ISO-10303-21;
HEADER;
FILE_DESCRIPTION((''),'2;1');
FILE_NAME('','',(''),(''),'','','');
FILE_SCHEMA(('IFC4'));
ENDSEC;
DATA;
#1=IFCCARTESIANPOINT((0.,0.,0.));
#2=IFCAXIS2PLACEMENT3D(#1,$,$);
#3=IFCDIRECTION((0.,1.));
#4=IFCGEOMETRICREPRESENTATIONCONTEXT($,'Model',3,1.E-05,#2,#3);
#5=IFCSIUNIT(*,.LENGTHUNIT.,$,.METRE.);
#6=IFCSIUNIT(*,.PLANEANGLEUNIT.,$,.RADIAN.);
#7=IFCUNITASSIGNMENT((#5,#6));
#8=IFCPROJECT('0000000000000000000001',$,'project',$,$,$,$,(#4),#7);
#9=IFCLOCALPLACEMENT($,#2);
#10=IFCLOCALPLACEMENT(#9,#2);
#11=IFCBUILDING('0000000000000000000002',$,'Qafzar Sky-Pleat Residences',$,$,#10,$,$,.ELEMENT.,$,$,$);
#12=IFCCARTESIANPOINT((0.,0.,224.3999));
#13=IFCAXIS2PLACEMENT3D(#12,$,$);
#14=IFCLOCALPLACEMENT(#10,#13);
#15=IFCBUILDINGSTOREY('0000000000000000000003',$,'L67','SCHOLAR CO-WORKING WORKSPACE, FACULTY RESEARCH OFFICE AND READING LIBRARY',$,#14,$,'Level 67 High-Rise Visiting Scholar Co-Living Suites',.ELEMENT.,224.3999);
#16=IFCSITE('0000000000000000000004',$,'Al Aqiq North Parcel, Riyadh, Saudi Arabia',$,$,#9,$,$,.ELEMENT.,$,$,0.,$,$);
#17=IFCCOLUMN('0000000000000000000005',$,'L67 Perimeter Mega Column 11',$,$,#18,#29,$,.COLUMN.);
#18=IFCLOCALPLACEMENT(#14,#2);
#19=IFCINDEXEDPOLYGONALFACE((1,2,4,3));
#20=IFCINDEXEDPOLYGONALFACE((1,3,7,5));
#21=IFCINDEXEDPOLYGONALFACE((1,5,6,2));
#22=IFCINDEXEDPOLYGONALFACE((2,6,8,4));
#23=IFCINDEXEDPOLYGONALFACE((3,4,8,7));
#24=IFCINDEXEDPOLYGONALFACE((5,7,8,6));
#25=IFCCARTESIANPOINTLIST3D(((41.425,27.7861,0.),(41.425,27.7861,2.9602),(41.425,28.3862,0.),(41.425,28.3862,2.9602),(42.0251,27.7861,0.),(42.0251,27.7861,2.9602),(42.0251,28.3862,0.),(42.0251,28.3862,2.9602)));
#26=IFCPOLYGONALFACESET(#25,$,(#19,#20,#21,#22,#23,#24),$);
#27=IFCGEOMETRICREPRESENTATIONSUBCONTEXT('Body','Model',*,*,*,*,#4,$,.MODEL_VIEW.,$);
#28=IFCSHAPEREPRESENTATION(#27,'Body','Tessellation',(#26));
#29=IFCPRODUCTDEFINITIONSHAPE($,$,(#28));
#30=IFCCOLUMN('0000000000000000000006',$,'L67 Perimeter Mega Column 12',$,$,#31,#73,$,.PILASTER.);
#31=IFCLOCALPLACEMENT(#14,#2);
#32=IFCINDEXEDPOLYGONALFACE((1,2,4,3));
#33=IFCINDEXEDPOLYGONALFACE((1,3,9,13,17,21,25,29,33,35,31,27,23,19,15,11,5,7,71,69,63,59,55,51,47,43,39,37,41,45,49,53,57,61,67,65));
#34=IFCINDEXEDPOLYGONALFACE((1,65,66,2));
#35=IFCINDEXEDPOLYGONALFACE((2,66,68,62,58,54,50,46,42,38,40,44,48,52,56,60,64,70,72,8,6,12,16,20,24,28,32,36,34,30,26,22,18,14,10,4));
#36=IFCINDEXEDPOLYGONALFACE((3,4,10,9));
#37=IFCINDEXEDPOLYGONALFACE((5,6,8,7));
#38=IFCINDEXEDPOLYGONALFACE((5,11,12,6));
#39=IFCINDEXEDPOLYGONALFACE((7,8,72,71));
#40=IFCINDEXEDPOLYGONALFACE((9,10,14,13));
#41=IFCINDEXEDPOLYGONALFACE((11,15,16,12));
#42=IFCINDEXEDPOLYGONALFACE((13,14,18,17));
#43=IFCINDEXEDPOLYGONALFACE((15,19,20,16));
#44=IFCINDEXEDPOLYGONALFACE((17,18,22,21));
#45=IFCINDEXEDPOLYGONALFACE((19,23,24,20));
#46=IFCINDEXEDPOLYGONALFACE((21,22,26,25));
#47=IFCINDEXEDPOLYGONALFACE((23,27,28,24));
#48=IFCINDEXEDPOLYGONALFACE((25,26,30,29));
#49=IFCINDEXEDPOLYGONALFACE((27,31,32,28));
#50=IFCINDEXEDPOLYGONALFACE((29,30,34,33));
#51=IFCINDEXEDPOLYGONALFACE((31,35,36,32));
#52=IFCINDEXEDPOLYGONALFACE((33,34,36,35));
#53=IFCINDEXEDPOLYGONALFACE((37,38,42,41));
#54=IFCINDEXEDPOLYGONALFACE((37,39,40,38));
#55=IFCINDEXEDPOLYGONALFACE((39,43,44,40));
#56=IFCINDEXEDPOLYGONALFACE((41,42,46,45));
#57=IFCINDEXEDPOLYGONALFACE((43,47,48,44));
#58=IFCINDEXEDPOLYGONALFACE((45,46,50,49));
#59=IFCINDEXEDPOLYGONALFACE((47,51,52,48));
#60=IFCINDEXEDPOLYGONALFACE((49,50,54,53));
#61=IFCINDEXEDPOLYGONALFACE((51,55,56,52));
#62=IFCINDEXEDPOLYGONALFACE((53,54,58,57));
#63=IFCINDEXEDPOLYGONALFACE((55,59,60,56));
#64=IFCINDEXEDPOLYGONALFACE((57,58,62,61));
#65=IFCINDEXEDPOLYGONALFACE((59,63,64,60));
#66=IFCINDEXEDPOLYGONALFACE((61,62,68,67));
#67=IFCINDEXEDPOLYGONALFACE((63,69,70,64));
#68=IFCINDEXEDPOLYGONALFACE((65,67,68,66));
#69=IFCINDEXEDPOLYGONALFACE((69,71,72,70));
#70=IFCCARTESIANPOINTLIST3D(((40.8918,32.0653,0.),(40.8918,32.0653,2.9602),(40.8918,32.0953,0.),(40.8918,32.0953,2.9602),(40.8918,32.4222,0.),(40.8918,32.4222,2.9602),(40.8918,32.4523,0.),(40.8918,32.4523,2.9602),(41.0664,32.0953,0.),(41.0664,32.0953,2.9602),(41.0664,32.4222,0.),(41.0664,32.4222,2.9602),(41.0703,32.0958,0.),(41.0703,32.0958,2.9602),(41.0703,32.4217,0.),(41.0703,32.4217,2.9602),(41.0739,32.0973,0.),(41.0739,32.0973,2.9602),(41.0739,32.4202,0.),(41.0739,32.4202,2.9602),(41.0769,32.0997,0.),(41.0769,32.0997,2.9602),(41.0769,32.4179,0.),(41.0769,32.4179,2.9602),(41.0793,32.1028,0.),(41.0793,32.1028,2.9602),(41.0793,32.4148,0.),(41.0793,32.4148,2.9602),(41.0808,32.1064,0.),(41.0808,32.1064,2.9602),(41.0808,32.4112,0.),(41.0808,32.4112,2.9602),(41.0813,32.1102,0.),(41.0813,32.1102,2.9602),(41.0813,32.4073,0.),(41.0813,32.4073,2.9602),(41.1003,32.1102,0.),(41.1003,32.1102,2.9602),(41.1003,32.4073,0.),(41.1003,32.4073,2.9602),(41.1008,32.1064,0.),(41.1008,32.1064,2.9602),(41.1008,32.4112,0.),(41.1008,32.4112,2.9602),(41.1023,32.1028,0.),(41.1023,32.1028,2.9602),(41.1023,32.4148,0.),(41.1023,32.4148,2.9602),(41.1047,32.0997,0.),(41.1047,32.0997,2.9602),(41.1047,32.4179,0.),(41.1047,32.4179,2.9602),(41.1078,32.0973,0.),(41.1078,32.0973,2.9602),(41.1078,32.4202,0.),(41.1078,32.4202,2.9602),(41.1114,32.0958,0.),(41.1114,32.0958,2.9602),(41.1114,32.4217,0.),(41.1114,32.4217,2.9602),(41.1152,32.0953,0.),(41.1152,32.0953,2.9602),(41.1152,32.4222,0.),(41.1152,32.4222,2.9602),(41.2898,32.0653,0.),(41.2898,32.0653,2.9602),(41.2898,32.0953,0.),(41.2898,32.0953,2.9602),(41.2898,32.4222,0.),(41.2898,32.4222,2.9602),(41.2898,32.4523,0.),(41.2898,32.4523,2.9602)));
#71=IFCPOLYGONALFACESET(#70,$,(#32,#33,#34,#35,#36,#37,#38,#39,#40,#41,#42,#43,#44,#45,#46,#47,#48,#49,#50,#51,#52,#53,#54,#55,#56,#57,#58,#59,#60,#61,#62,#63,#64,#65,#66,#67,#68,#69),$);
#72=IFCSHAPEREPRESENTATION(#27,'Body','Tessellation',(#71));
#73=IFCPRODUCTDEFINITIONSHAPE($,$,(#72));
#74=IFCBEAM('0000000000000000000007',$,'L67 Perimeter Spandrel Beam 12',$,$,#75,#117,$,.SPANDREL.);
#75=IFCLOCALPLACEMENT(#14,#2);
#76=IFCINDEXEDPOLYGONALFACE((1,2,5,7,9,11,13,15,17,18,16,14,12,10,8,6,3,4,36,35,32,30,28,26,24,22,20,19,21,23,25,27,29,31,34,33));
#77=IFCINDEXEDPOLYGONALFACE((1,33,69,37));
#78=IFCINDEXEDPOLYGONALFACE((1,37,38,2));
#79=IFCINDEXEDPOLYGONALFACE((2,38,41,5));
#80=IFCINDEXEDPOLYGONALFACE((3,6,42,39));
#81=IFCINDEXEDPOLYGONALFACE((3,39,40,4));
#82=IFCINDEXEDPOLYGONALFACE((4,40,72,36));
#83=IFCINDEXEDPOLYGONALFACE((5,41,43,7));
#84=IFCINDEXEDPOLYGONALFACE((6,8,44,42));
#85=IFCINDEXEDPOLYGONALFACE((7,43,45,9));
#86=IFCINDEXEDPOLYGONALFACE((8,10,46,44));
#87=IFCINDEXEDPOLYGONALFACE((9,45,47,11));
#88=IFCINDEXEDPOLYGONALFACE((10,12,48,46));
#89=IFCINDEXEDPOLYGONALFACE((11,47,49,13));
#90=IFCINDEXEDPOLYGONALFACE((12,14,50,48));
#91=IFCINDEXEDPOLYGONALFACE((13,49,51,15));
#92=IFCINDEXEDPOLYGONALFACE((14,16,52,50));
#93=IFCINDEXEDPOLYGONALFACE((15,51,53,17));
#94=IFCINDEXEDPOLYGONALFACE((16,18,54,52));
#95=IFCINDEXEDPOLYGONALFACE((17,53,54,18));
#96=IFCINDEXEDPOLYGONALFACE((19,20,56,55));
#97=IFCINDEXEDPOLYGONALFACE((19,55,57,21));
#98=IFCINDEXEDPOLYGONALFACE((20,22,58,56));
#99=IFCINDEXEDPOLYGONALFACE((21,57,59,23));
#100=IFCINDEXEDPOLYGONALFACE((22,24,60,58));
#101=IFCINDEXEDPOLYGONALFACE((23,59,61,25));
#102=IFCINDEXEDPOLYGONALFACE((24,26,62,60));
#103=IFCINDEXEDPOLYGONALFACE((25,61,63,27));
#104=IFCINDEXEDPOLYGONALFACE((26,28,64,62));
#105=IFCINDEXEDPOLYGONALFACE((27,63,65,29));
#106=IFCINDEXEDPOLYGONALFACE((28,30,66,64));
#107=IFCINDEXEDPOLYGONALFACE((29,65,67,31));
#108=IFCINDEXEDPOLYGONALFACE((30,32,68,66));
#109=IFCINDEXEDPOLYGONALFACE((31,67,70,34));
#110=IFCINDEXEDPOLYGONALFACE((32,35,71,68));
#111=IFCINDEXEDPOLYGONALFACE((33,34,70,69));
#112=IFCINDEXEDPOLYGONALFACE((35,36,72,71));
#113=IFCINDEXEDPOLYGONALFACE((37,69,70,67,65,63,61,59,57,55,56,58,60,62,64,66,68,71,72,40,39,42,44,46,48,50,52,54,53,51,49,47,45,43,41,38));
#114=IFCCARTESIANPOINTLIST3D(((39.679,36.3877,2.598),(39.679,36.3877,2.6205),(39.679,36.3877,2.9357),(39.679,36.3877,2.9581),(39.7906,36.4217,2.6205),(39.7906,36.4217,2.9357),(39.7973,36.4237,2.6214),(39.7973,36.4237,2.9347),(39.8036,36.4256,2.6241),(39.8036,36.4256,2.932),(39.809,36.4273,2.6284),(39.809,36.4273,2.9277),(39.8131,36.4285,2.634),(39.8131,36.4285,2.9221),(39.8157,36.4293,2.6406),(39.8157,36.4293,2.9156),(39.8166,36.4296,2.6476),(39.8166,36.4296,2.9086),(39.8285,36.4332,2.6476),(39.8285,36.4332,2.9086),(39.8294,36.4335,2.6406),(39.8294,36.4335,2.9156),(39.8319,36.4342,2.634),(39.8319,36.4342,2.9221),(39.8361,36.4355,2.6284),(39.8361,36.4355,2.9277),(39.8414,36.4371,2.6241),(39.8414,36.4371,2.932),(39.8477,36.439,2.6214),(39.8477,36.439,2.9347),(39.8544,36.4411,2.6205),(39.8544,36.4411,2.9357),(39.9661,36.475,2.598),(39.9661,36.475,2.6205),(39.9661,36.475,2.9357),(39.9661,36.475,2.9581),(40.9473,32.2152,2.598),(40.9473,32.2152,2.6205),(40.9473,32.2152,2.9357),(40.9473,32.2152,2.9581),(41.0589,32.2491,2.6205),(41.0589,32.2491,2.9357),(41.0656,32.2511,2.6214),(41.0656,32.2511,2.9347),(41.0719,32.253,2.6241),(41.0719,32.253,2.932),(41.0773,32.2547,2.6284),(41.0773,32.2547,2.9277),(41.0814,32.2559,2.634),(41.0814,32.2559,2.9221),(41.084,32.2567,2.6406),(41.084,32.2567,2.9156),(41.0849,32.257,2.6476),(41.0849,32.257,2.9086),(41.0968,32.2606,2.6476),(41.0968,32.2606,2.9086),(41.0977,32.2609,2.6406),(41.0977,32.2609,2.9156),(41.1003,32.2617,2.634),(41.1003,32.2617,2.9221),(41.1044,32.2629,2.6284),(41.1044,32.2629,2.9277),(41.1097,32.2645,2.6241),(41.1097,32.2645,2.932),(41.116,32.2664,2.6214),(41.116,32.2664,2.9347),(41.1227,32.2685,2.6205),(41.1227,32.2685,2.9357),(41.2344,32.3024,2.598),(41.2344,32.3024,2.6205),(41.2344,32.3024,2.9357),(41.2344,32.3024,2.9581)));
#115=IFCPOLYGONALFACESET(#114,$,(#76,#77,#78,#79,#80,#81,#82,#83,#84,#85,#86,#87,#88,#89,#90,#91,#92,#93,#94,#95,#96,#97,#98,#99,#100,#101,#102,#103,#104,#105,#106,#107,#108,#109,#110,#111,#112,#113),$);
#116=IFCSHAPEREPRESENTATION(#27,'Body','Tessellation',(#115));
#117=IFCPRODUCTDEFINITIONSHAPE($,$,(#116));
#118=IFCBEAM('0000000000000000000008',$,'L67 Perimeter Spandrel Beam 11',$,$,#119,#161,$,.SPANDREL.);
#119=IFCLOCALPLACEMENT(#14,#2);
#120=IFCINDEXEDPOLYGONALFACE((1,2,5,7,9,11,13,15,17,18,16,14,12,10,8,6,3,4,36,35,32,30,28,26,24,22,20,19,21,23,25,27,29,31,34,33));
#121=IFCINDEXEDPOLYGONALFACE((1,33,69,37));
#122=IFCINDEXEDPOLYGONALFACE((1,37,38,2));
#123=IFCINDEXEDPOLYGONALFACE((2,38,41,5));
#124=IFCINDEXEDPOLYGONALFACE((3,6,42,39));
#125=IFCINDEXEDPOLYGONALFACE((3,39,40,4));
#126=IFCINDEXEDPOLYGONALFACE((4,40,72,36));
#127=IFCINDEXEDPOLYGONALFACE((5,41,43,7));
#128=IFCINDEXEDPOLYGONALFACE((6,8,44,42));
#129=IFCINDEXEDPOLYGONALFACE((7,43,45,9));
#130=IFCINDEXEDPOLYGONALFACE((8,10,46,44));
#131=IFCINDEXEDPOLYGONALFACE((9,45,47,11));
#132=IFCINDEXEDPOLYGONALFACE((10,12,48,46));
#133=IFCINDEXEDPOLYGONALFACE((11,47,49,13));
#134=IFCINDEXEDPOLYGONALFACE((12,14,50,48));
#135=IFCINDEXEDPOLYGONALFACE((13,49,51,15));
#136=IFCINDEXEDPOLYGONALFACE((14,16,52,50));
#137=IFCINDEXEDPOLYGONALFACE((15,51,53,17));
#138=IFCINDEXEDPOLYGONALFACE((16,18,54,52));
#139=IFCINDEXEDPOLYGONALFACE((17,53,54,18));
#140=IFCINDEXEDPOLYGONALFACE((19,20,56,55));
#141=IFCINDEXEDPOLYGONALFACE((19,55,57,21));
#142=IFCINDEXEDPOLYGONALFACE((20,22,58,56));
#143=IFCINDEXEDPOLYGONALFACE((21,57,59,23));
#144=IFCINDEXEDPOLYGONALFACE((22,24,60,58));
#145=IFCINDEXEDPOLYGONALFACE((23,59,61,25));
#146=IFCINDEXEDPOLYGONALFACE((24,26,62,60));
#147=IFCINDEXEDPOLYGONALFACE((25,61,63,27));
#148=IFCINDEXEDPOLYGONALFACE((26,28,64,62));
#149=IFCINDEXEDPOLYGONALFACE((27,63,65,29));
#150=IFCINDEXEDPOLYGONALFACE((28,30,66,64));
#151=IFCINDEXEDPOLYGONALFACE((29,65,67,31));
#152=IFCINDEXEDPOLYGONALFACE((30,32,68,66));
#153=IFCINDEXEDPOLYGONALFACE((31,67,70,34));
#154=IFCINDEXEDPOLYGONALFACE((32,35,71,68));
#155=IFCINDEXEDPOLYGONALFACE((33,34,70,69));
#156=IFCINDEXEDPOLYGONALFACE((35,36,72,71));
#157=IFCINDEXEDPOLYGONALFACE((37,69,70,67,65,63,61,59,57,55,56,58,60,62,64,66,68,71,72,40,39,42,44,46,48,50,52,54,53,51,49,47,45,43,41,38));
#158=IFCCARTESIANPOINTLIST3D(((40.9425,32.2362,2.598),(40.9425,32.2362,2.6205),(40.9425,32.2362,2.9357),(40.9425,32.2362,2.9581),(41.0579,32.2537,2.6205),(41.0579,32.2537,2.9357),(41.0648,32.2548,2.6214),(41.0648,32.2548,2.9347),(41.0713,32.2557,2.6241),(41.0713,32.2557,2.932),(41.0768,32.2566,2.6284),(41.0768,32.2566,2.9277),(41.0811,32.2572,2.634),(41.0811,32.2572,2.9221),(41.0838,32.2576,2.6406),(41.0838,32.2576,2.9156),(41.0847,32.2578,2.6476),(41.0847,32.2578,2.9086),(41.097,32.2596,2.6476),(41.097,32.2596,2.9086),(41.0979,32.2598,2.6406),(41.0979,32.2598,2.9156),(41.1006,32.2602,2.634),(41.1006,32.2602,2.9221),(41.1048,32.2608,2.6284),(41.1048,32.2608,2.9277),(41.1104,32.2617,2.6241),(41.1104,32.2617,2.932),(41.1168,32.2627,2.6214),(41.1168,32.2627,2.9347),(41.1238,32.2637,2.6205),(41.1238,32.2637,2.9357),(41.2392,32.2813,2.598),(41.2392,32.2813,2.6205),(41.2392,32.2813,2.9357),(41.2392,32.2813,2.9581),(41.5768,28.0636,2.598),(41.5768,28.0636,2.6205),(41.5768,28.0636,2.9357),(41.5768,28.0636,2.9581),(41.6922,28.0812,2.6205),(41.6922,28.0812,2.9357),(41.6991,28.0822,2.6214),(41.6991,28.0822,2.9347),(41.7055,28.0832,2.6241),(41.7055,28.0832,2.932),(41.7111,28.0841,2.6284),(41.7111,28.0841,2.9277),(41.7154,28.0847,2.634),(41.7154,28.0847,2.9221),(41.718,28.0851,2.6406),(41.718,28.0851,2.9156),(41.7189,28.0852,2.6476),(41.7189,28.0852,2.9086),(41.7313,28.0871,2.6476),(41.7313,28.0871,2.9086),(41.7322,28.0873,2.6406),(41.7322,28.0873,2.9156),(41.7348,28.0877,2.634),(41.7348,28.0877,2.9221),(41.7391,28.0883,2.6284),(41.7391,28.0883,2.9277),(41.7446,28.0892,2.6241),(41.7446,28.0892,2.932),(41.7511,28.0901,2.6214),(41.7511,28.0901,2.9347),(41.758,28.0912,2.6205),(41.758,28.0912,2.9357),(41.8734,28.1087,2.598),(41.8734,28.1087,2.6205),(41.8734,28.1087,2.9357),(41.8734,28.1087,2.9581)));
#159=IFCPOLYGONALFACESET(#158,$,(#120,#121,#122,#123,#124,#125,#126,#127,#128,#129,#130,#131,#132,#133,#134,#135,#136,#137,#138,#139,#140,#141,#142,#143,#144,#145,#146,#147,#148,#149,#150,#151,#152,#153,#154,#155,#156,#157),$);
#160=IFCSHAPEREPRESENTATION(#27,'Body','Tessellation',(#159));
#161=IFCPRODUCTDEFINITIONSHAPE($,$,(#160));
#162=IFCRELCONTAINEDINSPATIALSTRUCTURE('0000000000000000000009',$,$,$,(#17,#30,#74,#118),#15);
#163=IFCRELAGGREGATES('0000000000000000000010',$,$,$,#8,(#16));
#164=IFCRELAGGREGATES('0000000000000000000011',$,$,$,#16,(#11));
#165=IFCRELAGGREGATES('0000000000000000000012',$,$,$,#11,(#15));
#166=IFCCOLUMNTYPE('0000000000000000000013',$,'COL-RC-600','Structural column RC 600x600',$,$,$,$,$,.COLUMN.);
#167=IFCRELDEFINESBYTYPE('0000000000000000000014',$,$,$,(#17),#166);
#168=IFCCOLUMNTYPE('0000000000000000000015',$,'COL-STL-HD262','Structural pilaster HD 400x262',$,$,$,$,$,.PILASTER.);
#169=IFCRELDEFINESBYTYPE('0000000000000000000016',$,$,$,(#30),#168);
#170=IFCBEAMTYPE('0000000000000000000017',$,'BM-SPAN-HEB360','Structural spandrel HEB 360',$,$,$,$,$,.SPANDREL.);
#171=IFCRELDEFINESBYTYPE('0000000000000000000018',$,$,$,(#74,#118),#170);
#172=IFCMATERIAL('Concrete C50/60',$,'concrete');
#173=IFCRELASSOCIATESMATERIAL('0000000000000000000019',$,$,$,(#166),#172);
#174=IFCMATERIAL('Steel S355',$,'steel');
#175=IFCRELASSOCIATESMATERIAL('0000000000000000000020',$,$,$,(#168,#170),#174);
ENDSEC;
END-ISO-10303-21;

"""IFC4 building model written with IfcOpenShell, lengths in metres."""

from ifc_helpers import new_model, si_unit, direction, frame, origin, origin_2d, place, context, subcontext, project, spatial, rectangle, i_section, extrude, source, transform, mapped, material, material_profile, profile_set, type_object, element, save


model = new_model("IFC4")

# Units and contexts
model_context = context("Model", 3, precision=1e-05, world=origin(), true_north=direction((0.0, 1.0)))
body_context = subcontext(model_context, "Body", "Model", "MODEL_VIEW")
ifc_project = project(units=[si_unit("LENGTHUNIT", "METRE"), si_unit("PLANEANGLEUNIT", "RADIAN")], contexts=[model_context])

# Site, building, storey
site_placement = place(None, origin())
site = spatial("IfcSite", under=ifc_project, at=site_placement, Name="Al Aqiq North Parcel, Riyadh, Saudi Arabia", CompositionType="ELEMENT", RefElevation=0.0)
building_placement = place(site_placement, origin())
building = spatial("IfcBuilding", under=site, at=building_placement, Name="Qafzar Sky-Pleat Residences", CompositionType="ELEMENT")
storey_placement = place(building_placement, frame((0.0, 0.0, 224.3999)))
storey = spatial("IfcBuildingStorey", under=building, at=storey_placement, Name="L67", Description="SCHOLAR CO-WORKING WORKSPACE, FACULTY RESEARCH OFFICE AND READING LIBRARY", LongName="Level 67 High-Rise Visiting Scholar Co-Living Suites", CompositionType="ELEMENT", Elevation=224.3999)

# Columns
ifc_material_1 = material(Name="Concrete C50/60", Category="concrete")
ifc_material_profile_1 = material_profile(ifc_material_1, rectangle(XDim=0.6001, YDim=0.6001, at=origin_2d()), Name="RC 600x600")
ifc_profile_set_1 = profile_set([ifc_material_profile_1], Name="Concrete C50/60")
column_type_1 = type_object("IfcColumnType", Name="COL-RC-600", Description="Structural column RC 600x600", PredefinedType="COLUMN", material=ifc_profile_set_1)
shared_shape_1 = source(origin(), body_context, "Body", "SweptSolid", [
    extrude(rectangle(XDim=0.6001, YDim=0.6001, at=origin_2d()), origin(), (0.0, 0.0, 1.0), 2.9602),
])
column_1_placement = place(storey_placement, frame((41.7251, 28.0862, 0.0), z_axis=(0.0, 0.0, 1.0), x_axis=(1.0, 0.0, 0.0)))
element("IfcColumn", 1, at=column_1_placement, inside=storey, type_object=column_type_1, Name="L67 Perimeter Mega Column 11", PredefinedType="COLUMN", context=body_context, shape_type="MappedRepresentation", body=[
    mapped(shared_shape_1, transform((0.0, 0.0, 0.0), x_axis=(1.0, 0.0, 0.0), y_axis=(0.0, 1.0, 0.0), z_axis=(0.0, 0.0, 1.0), scale=1.0)),
])
ifc_material_2 = material(Name="Steel S355", Category="steel")
ifc_material_profile_2 = material_profile(ifc_material_2, i_section(OverallWidth=0.3979, OverallDepth=0.387, WebThickness=0.019, FlangeThickness=0.03, FilletRadius=0.0149, at=origin_2d()), Name="HD 400x262")
ifc_profile_set_2 = profile_set([ifc_material_profile_2], Name="Steel S355")
column_type_2 = type_object("IfcColumnType", Name="COL-STL-HD262", Description="Structural pilaster HD 400x262", PredefinedType="PILASTER", material=ifc_profile_set_2)
shared_shape_2 = source(origin(), body_context, "Body", "SweptSolid", [
    extrude(i_section(OverallWidth=0.3979, OverallDepth=0.387, WebThickness=0.019, FlangeThickness=0.03, FilletRadius=0.0149, at=origin_2d()), origin(), (0.0, 0.0, 1.0), 2.9602),
])
column_2_placement = place(storey_placement, frame((41.0908, 32.2588, 0.0), z_axis=(0.0, 0.0, 1.0), x_axis=(1.0, 0.0, 0.0)))
element("IfcColumn", 2, at=column_2_placement, inside=storey, type_object=column_type_2, Name="L67 Perimeter Mega Column 12", PredefinedType="PILASTER", context=body_context, shape_type="MappedRepresentation", body=[
    mapped(shared_shape_2, transform((0.0, 0.0, 0.0), x_axis=(1.0, 0.0, 0.0), y_axis=(0.0, 1.0, 0.0), z_axis=(0.0, 0.0, 1.0), scale=1.0)),
])

# Beams
ifc_material_profile_3 = material_profile(ifc_material_2, i_section(OverallWidth=0.3, OverallDepth=0.3601, WebThickness=0.0125, FlangeThickness=0.0225, FilletRadius=0.0271, at=origin_2d()), Name="HEB 360")
ifc_profile_set_3 = profile_set([ifc_material_profile_3], Name="Steel S355")
beam_type_1 = type_object("IfcBeamType", Name="BM-SPAN-HEB360", Description="Structural spandrel HEB 360", PredefinedType="SPANDREL", material=ifc_profile_set_3)
shared_shape_3 = source(origin(), body_context, "Body", "SweptSolid", [
    extrude(i_section(OverallWidth=0.3, OverallDepth=0.3601, WebThickness=0.0125, FlangeThickness=0.0225, FilletRadius=0.0271, at=origin_2d()), origin(), (0.0, 0.0, 1.0), 4.3611),
])
beam_1_placement = place(storey_placement, frame((41.0908, 32.2588, 2.7781), z_axis=(-0.290823, 0.956777, 0.0), x_axis=(-0.956777, -0.290823, 0.0)))
element("IfcBeam", 3, at=beam_1_placement, inside=storey, type_object=beam_type_1, Name="L67 Perimeter Spandrel Beam 12", PredefinedType="SPANDREL", context=body_context, shape_type="MappedRepresentation", body=[
    mapped(shared_shape_3, transform((0.0, 0.0, 0.0), x_axis=(1.0, 0.0, 0.0), y_axis=(0.0, 1.0, 0.0), z_axis=(0.0, 0.0, 1.0), scale=1.0)),
])
shared_shape_4 = source(origin(), body_context, "Body", "SweptSolid", [
    extrude(i_section(OverallWidth=0.3, OverallDepth=0.3601, WebThickness=0.0125, FlangeThickness=0.0225, FilletRadius=0.0271, at=origin_2d()), origin(), (0.0, 0.0, 1.0), 4.2205),
])
beam_2_placement = place(storey_placement, frame((41.7251, 28.0862, 2.7781), z_axis=(-0.150283, 0.988643, 0.0), x_axis=(-0.988643, -0.150283, 0.0)))
element("IfcBeam", 4, at=beam_2_placement, inside=storey, type_object=beam_type_1, Name="L67 Perimeter Spandrel Beam 11", PredefinedType="SPANDREL", context=body_context, shape_type="MappedRepresentation", body=[
    mapped(shared_shape_4, transform((0.0, 0.0, 0.0), x_axis=(1.0, 0.0, 0.0), y_axis=(0.0, 1.0, 0.0), z_axis=(0.0, 0.0, 1.0), scale=1.0)),
])

save(model, "model.ifc")
